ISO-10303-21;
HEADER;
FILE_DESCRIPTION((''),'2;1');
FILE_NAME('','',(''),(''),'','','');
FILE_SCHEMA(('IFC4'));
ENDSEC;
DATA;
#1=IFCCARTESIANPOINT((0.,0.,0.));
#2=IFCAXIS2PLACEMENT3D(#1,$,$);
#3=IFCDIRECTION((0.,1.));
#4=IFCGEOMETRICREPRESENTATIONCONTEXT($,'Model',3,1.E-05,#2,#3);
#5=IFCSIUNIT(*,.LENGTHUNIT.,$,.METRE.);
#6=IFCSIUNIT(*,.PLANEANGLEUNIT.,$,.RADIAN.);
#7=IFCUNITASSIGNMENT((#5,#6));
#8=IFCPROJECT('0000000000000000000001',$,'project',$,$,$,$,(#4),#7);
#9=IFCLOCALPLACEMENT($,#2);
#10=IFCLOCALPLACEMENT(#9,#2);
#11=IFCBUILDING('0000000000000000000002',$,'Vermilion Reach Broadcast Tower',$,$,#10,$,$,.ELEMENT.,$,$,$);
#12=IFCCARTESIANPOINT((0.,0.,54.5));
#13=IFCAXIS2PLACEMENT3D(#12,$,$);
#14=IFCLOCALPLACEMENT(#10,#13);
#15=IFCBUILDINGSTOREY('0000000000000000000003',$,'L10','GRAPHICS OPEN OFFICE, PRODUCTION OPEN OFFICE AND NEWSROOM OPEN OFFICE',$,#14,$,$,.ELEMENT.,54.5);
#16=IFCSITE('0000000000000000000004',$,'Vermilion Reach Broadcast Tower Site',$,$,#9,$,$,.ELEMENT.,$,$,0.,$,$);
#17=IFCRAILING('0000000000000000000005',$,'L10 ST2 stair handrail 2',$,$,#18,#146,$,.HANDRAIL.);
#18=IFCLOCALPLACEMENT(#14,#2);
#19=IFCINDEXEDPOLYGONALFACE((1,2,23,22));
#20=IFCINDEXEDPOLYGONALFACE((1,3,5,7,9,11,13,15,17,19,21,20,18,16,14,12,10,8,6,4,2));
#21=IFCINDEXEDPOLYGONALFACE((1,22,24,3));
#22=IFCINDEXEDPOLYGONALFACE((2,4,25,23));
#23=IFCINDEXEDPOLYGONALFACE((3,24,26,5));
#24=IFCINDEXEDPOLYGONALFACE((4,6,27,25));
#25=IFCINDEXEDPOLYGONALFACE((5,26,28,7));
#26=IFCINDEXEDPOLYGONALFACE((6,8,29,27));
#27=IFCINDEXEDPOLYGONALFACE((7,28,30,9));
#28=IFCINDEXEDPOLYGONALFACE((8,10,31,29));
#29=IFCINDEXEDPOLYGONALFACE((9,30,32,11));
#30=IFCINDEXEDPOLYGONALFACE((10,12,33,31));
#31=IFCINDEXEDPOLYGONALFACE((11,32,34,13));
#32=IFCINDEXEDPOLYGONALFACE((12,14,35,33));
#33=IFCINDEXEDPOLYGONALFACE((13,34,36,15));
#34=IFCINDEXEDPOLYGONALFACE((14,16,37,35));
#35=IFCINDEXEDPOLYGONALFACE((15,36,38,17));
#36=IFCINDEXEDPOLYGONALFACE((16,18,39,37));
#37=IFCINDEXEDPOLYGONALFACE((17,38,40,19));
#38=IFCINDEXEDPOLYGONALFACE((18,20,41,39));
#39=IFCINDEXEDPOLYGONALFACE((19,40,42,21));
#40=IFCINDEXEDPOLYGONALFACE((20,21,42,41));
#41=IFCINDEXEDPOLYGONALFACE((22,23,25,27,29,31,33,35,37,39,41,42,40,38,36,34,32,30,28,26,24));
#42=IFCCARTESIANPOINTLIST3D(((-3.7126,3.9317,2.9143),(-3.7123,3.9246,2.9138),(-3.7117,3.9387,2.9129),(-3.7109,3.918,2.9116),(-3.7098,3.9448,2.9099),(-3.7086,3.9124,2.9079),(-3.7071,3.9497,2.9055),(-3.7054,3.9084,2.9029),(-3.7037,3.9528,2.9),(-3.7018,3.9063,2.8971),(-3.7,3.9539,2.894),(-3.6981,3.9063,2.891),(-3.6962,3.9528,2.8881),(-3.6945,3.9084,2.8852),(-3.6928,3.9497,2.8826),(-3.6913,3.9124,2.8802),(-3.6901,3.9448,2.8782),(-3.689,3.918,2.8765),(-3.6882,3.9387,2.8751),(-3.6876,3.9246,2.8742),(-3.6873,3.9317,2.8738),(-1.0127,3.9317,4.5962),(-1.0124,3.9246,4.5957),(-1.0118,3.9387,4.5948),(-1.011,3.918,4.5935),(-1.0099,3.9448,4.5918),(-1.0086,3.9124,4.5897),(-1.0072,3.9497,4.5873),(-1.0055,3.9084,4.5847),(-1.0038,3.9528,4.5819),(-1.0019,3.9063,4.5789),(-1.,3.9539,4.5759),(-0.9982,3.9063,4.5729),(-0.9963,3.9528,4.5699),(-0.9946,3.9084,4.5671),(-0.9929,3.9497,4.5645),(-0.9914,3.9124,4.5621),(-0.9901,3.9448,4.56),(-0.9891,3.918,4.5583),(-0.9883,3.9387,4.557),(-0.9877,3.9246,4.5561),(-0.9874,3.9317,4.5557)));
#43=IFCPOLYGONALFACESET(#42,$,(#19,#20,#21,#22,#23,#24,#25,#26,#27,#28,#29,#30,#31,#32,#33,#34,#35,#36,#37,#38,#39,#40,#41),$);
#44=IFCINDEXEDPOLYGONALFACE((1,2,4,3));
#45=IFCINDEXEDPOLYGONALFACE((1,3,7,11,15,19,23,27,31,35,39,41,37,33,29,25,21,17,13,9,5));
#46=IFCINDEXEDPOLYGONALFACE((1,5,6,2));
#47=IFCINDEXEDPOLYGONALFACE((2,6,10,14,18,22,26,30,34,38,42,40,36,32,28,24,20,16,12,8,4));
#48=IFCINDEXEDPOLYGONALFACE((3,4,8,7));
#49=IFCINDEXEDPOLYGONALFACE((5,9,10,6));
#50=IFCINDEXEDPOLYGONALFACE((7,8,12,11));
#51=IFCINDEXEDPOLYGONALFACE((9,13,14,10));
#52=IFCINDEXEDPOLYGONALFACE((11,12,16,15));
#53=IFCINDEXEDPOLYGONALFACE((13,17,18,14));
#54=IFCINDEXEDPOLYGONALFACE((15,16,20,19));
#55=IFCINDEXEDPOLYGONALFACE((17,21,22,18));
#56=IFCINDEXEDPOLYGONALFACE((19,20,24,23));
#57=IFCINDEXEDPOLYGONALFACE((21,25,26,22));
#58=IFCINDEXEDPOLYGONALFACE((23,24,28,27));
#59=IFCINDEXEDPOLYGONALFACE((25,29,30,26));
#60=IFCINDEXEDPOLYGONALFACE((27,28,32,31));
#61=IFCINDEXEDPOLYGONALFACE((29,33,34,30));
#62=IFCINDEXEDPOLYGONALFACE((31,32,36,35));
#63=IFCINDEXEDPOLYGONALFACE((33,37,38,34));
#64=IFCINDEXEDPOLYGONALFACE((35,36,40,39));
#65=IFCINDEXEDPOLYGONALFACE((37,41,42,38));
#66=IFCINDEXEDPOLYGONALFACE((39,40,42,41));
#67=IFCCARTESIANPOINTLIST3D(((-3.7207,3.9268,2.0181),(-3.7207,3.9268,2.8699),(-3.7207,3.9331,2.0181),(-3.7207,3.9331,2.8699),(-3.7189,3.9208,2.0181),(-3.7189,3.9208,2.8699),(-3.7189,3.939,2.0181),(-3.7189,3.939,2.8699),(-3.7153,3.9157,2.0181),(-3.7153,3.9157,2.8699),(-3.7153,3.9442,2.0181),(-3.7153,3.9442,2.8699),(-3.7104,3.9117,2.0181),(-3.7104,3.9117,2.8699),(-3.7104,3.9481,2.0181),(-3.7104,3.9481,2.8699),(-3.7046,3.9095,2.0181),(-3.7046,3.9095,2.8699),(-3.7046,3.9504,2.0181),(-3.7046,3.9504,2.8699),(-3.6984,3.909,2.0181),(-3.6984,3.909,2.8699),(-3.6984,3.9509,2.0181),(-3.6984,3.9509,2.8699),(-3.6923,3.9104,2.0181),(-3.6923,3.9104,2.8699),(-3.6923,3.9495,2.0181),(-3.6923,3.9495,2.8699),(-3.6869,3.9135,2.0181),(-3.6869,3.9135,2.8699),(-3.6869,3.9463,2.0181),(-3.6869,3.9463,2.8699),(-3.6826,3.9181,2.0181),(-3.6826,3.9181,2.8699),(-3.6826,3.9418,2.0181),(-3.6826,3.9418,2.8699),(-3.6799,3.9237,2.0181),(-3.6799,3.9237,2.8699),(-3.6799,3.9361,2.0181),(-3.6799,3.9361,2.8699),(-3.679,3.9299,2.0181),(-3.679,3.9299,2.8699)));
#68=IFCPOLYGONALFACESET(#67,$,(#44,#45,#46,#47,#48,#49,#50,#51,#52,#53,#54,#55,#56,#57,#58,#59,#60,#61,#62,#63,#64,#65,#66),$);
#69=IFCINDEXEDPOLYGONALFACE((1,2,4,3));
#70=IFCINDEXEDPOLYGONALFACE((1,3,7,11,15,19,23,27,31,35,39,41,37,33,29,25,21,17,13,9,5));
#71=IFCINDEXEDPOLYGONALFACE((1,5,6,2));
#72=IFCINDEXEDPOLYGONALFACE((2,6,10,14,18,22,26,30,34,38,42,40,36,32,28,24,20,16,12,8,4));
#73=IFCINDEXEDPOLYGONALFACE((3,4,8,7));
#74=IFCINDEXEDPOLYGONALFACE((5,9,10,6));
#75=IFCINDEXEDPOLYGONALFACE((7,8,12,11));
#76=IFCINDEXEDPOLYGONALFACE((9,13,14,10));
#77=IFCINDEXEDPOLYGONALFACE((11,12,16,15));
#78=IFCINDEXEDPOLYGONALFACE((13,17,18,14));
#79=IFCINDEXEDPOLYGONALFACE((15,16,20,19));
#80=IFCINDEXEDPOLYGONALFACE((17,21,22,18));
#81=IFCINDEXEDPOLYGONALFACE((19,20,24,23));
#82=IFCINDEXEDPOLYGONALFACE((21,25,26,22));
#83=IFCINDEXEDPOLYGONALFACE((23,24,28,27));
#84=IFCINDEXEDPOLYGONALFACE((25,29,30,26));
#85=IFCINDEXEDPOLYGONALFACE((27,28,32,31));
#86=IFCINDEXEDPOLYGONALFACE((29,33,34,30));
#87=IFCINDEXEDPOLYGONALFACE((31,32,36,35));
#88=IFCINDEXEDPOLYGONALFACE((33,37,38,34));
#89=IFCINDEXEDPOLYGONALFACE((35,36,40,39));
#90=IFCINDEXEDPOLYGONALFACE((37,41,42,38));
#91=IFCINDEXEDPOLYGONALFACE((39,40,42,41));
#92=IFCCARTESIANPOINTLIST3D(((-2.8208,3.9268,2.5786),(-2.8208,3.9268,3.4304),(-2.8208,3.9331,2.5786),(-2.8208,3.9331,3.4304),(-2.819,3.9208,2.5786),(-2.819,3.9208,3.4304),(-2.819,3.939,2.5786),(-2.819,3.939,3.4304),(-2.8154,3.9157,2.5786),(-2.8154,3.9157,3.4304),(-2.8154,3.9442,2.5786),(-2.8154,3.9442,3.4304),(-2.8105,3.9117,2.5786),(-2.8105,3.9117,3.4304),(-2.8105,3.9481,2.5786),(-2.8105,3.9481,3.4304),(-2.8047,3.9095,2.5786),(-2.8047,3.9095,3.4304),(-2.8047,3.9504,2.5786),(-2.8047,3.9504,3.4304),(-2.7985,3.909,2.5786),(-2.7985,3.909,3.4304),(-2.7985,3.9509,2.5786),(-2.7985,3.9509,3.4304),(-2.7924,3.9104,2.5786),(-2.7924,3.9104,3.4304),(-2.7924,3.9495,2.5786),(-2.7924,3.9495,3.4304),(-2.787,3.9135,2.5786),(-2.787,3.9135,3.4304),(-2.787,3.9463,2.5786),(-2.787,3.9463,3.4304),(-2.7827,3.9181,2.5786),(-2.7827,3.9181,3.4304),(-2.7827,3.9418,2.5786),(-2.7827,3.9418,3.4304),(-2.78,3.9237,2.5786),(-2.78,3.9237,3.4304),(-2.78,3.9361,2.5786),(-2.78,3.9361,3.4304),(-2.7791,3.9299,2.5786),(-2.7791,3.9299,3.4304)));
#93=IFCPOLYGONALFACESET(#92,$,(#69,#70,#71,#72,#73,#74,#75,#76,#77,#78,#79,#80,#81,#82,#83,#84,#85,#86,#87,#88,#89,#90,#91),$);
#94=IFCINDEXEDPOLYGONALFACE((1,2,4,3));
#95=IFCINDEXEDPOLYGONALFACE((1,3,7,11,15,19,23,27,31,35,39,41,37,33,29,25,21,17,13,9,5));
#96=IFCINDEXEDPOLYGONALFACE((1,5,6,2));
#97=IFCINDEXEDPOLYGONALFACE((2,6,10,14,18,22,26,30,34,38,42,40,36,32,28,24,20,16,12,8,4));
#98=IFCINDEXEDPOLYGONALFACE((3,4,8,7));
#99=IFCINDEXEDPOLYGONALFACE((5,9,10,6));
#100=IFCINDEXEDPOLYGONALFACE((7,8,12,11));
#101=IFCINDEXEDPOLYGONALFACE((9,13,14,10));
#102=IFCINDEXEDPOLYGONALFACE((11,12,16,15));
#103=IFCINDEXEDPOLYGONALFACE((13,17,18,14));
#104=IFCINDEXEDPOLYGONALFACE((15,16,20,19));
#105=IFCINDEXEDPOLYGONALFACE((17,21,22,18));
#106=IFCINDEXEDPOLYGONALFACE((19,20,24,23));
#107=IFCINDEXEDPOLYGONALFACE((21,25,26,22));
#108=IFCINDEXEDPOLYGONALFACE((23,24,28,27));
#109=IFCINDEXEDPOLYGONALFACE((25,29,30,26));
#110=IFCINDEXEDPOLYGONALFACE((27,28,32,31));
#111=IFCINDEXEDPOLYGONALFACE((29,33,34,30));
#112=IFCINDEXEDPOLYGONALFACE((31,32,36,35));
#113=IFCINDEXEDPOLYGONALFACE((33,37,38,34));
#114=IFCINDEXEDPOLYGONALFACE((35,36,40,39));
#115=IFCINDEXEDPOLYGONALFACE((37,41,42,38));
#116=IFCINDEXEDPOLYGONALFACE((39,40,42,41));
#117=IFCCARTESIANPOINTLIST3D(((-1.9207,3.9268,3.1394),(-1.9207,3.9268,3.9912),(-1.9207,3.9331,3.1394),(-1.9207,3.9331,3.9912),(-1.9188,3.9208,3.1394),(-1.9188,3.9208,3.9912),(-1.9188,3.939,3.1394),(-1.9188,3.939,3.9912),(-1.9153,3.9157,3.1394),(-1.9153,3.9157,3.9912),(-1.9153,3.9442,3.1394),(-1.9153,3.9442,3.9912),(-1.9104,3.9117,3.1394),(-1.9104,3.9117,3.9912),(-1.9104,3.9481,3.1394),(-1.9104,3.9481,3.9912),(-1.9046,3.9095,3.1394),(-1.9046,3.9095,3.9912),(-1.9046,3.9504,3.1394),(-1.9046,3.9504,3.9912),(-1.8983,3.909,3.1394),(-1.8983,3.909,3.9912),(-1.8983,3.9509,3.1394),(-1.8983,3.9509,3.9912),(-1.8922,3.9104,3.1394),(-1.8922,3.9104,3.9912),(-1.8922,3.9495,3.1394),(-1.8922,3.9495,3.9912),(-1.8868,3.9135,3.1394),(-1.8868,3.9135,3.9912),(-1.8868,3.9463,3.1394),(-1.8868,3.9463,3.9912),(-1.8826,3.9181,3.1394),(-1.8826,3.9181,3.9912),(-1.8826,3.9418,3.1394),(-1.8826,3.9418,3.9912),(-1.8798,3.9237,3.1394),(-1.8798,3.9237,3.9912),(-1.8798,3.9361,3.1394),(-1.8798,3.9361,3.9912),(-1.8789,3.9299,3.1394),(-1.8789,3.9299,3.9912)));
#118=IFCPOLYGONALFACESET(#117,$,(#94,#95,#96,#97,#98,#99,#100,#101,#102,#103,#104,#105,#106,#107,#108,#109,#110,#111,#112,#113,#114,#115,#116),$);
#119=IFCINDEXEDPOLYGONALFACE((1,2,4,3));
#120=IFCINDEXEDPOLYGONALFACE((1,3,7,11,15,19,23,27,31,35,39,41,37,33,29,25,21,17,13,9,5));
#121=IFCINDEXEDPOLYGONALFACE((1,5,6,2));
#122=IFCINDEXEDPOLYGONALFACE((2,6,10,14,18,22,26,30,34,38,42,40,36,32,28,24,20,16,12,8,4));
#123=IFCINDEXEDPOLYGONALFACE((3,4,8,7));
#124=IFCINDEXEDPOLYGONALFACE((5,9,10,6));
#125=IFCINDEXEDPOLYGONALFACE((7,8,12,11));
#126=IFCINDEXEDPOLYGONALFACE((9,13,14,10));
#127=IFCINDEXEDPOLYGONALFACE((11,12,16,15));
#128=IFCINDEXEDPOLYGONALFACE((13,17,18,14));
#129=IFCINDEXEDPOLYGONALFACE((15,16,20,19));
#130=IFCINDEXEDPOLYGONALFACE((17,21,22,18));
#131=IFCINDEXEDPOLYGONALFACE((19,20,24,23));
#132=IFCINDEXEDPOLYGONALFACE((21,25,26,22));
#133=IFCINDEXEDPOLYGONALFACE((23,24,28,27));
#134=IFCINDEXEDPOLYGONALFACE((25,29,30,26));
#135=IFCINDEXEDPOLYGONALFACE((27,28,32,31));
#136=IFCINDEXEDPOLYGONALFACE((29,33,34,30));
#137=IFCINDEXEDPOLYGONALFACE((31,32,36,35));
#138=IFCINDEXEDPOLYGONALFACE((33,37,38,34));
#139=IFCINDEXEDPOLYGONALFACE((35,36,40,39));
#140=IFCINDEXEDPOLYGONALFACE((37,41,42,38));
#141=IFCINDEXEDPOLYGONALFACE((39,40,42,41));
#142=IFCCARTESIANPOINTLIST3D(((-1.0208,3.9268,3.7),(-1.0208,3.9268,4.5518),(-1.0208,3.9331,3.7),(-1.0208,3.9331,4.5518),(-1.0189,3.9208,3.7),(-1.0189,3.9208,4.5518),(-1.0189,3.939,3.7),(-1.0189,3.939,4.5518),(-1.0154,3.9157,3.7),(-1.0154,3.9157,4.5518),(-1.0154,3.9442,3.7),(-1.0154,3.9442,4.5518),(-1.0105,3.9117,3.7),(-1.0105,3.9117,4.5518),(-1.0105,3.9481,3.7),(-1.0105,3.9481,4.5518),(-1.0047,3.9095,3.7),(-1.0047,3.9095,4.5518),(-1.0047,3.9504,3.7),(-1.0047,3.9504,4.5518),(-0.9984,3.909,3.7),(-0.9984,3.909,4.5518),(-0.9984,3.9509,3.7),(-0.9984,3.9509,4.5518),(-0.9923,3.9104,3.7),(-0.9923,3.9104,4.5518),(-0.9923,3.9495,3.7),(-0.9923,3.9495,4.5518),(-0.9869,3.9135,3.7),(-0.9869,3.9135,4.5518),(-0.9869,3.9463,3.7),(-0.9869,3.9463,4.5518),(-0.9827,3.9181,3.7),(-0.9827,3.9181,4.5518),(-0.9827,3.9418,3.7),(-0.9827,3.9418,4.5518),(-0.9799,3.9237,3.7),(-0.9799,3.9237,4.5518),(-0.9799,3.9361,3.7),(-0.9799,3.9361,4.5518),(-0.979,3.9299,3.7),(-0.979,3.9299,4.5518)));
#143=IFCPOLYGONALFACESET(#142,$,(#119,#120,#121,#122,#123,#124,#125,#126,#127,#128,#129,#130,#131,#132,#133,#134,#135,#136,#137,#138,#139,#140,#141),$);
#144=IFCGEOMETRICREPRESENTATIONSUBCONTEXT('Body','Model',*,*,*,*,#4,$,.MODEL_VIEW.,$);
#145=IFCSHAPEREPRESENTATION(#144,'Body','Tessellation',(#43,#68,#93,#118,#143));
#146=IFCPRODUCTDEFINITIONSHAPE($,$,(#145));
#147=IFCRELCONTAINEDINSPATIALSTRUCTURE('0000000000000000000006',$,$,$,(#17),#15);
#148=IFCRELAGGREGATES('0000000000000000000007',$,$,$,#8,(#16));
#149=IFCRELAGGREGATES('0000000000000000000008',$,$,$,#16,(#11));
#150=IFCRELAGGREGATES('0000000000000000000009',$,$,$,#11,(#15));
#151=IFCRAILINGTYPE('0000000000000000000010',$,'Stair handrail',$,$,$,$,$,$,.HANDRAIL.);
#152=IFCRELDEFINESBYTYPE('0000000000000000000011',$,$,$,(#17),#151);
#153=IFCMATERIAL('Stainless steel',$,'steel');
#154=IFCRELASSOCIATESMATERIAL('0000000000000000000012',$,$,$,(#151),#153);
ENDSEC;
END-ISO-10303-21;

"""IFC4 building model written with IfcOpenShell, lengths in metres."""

from ifc_helpers import new_model, si_unit, direction, frame, origin, origin_2d, place, context, subcontext, project, spatial, circle, extrude, material, type_object, element, save


model = new_model("IFC4")

# Units and contexts
model_context = context("Model", 3, precision=1e-05, world=origin(), true_north=direction((0.0, 1.0)))
body_context = subcontext(model_context, "Body", "Model", "MODEL_VIEW")
ifc_project = project(units=[si_unit("LENGTHUNIT", "METRE"), si_unit("PLANEANGLEUNIT", "RADIAN")], contexts=[model_context])

# Site, building, storey
site_placement = place(None, origin())
site = spatial("IfcSite", under=ifc_project, at=site_placement, Name="Vermilion Reach Broadcast Tower Site", CompositionType="ELEMENT", RefElevation=0.0)
building_placement = place(site_placement, origin())
building = spatial("IfcBuilding", under=site, at=building_placement, Name="Vermilion Reach Broadcast Tower", CompositionType="ELEMENT")
storey_placement = place(building_placement, frame((0.0, 0.0, 54.5)))
storey = spatial("IfcBuildingStorey", under=building, at=storey_placement, Name="L10", Description="GRAPHICS OPEN OFFICE, PRODUCTION OPEN OFFICE AND NEWSROOM OPEN OFFICE", CompositionType="ELEMENT", Elevation=54.5)

# Railing
ifc_material_1 = material(Name="Stainless steel", Category="steel")
railing_type_1 = type_object("IfcRailingType", Name="Stair handrail", PredefinedType="HANDRAIL", material=ifc_material_1)
railing_1_placement = place(storey_placement, frame((-3.7, 3.9299, 2.0181)))
element("IfcRailing", 1, at=railing_1_placement, inside=storey, type_object=railing_type_1, Name="L10 ST2 stair handrail 2", PredefinedType="HANDRAIL", context=body_context, shape_type="SweptSolid", body=[
    extrude(circle(Radius=0.0239, at=origin_2d()), frame((0.0, 0.0, 0.876), z_axis=(0.848786, 0.0, 0.528736), x_axis=(0.0, 1.0, 0.0)), (0.0, 0.0, 1.0), 3.1809),
    extrude(circle(Radius=0.021, at=origin_2d()), origin(), (0.0, 0.0, 1.0), 0.8518),
    extrude(circle(Radius=0.021, at=origin_2d()), frame((0.8999, 0.0, 0.5605)), (0.0, 0.0, 1.0), 0.8518),
    extrude(circle(Radius=0.021, at=origin_2d()), frame((1.8, 0.0, 1.1213)), (0.0, 0.0, 1.0), 0.8518),
    extrude(circle(Radius=0.021, at=origin_2d()), frame((2.7, 0.0, 1.6819)), (0.0, 0.0, 1.0), 0.8518),
])

save(model, "model.ifc")
